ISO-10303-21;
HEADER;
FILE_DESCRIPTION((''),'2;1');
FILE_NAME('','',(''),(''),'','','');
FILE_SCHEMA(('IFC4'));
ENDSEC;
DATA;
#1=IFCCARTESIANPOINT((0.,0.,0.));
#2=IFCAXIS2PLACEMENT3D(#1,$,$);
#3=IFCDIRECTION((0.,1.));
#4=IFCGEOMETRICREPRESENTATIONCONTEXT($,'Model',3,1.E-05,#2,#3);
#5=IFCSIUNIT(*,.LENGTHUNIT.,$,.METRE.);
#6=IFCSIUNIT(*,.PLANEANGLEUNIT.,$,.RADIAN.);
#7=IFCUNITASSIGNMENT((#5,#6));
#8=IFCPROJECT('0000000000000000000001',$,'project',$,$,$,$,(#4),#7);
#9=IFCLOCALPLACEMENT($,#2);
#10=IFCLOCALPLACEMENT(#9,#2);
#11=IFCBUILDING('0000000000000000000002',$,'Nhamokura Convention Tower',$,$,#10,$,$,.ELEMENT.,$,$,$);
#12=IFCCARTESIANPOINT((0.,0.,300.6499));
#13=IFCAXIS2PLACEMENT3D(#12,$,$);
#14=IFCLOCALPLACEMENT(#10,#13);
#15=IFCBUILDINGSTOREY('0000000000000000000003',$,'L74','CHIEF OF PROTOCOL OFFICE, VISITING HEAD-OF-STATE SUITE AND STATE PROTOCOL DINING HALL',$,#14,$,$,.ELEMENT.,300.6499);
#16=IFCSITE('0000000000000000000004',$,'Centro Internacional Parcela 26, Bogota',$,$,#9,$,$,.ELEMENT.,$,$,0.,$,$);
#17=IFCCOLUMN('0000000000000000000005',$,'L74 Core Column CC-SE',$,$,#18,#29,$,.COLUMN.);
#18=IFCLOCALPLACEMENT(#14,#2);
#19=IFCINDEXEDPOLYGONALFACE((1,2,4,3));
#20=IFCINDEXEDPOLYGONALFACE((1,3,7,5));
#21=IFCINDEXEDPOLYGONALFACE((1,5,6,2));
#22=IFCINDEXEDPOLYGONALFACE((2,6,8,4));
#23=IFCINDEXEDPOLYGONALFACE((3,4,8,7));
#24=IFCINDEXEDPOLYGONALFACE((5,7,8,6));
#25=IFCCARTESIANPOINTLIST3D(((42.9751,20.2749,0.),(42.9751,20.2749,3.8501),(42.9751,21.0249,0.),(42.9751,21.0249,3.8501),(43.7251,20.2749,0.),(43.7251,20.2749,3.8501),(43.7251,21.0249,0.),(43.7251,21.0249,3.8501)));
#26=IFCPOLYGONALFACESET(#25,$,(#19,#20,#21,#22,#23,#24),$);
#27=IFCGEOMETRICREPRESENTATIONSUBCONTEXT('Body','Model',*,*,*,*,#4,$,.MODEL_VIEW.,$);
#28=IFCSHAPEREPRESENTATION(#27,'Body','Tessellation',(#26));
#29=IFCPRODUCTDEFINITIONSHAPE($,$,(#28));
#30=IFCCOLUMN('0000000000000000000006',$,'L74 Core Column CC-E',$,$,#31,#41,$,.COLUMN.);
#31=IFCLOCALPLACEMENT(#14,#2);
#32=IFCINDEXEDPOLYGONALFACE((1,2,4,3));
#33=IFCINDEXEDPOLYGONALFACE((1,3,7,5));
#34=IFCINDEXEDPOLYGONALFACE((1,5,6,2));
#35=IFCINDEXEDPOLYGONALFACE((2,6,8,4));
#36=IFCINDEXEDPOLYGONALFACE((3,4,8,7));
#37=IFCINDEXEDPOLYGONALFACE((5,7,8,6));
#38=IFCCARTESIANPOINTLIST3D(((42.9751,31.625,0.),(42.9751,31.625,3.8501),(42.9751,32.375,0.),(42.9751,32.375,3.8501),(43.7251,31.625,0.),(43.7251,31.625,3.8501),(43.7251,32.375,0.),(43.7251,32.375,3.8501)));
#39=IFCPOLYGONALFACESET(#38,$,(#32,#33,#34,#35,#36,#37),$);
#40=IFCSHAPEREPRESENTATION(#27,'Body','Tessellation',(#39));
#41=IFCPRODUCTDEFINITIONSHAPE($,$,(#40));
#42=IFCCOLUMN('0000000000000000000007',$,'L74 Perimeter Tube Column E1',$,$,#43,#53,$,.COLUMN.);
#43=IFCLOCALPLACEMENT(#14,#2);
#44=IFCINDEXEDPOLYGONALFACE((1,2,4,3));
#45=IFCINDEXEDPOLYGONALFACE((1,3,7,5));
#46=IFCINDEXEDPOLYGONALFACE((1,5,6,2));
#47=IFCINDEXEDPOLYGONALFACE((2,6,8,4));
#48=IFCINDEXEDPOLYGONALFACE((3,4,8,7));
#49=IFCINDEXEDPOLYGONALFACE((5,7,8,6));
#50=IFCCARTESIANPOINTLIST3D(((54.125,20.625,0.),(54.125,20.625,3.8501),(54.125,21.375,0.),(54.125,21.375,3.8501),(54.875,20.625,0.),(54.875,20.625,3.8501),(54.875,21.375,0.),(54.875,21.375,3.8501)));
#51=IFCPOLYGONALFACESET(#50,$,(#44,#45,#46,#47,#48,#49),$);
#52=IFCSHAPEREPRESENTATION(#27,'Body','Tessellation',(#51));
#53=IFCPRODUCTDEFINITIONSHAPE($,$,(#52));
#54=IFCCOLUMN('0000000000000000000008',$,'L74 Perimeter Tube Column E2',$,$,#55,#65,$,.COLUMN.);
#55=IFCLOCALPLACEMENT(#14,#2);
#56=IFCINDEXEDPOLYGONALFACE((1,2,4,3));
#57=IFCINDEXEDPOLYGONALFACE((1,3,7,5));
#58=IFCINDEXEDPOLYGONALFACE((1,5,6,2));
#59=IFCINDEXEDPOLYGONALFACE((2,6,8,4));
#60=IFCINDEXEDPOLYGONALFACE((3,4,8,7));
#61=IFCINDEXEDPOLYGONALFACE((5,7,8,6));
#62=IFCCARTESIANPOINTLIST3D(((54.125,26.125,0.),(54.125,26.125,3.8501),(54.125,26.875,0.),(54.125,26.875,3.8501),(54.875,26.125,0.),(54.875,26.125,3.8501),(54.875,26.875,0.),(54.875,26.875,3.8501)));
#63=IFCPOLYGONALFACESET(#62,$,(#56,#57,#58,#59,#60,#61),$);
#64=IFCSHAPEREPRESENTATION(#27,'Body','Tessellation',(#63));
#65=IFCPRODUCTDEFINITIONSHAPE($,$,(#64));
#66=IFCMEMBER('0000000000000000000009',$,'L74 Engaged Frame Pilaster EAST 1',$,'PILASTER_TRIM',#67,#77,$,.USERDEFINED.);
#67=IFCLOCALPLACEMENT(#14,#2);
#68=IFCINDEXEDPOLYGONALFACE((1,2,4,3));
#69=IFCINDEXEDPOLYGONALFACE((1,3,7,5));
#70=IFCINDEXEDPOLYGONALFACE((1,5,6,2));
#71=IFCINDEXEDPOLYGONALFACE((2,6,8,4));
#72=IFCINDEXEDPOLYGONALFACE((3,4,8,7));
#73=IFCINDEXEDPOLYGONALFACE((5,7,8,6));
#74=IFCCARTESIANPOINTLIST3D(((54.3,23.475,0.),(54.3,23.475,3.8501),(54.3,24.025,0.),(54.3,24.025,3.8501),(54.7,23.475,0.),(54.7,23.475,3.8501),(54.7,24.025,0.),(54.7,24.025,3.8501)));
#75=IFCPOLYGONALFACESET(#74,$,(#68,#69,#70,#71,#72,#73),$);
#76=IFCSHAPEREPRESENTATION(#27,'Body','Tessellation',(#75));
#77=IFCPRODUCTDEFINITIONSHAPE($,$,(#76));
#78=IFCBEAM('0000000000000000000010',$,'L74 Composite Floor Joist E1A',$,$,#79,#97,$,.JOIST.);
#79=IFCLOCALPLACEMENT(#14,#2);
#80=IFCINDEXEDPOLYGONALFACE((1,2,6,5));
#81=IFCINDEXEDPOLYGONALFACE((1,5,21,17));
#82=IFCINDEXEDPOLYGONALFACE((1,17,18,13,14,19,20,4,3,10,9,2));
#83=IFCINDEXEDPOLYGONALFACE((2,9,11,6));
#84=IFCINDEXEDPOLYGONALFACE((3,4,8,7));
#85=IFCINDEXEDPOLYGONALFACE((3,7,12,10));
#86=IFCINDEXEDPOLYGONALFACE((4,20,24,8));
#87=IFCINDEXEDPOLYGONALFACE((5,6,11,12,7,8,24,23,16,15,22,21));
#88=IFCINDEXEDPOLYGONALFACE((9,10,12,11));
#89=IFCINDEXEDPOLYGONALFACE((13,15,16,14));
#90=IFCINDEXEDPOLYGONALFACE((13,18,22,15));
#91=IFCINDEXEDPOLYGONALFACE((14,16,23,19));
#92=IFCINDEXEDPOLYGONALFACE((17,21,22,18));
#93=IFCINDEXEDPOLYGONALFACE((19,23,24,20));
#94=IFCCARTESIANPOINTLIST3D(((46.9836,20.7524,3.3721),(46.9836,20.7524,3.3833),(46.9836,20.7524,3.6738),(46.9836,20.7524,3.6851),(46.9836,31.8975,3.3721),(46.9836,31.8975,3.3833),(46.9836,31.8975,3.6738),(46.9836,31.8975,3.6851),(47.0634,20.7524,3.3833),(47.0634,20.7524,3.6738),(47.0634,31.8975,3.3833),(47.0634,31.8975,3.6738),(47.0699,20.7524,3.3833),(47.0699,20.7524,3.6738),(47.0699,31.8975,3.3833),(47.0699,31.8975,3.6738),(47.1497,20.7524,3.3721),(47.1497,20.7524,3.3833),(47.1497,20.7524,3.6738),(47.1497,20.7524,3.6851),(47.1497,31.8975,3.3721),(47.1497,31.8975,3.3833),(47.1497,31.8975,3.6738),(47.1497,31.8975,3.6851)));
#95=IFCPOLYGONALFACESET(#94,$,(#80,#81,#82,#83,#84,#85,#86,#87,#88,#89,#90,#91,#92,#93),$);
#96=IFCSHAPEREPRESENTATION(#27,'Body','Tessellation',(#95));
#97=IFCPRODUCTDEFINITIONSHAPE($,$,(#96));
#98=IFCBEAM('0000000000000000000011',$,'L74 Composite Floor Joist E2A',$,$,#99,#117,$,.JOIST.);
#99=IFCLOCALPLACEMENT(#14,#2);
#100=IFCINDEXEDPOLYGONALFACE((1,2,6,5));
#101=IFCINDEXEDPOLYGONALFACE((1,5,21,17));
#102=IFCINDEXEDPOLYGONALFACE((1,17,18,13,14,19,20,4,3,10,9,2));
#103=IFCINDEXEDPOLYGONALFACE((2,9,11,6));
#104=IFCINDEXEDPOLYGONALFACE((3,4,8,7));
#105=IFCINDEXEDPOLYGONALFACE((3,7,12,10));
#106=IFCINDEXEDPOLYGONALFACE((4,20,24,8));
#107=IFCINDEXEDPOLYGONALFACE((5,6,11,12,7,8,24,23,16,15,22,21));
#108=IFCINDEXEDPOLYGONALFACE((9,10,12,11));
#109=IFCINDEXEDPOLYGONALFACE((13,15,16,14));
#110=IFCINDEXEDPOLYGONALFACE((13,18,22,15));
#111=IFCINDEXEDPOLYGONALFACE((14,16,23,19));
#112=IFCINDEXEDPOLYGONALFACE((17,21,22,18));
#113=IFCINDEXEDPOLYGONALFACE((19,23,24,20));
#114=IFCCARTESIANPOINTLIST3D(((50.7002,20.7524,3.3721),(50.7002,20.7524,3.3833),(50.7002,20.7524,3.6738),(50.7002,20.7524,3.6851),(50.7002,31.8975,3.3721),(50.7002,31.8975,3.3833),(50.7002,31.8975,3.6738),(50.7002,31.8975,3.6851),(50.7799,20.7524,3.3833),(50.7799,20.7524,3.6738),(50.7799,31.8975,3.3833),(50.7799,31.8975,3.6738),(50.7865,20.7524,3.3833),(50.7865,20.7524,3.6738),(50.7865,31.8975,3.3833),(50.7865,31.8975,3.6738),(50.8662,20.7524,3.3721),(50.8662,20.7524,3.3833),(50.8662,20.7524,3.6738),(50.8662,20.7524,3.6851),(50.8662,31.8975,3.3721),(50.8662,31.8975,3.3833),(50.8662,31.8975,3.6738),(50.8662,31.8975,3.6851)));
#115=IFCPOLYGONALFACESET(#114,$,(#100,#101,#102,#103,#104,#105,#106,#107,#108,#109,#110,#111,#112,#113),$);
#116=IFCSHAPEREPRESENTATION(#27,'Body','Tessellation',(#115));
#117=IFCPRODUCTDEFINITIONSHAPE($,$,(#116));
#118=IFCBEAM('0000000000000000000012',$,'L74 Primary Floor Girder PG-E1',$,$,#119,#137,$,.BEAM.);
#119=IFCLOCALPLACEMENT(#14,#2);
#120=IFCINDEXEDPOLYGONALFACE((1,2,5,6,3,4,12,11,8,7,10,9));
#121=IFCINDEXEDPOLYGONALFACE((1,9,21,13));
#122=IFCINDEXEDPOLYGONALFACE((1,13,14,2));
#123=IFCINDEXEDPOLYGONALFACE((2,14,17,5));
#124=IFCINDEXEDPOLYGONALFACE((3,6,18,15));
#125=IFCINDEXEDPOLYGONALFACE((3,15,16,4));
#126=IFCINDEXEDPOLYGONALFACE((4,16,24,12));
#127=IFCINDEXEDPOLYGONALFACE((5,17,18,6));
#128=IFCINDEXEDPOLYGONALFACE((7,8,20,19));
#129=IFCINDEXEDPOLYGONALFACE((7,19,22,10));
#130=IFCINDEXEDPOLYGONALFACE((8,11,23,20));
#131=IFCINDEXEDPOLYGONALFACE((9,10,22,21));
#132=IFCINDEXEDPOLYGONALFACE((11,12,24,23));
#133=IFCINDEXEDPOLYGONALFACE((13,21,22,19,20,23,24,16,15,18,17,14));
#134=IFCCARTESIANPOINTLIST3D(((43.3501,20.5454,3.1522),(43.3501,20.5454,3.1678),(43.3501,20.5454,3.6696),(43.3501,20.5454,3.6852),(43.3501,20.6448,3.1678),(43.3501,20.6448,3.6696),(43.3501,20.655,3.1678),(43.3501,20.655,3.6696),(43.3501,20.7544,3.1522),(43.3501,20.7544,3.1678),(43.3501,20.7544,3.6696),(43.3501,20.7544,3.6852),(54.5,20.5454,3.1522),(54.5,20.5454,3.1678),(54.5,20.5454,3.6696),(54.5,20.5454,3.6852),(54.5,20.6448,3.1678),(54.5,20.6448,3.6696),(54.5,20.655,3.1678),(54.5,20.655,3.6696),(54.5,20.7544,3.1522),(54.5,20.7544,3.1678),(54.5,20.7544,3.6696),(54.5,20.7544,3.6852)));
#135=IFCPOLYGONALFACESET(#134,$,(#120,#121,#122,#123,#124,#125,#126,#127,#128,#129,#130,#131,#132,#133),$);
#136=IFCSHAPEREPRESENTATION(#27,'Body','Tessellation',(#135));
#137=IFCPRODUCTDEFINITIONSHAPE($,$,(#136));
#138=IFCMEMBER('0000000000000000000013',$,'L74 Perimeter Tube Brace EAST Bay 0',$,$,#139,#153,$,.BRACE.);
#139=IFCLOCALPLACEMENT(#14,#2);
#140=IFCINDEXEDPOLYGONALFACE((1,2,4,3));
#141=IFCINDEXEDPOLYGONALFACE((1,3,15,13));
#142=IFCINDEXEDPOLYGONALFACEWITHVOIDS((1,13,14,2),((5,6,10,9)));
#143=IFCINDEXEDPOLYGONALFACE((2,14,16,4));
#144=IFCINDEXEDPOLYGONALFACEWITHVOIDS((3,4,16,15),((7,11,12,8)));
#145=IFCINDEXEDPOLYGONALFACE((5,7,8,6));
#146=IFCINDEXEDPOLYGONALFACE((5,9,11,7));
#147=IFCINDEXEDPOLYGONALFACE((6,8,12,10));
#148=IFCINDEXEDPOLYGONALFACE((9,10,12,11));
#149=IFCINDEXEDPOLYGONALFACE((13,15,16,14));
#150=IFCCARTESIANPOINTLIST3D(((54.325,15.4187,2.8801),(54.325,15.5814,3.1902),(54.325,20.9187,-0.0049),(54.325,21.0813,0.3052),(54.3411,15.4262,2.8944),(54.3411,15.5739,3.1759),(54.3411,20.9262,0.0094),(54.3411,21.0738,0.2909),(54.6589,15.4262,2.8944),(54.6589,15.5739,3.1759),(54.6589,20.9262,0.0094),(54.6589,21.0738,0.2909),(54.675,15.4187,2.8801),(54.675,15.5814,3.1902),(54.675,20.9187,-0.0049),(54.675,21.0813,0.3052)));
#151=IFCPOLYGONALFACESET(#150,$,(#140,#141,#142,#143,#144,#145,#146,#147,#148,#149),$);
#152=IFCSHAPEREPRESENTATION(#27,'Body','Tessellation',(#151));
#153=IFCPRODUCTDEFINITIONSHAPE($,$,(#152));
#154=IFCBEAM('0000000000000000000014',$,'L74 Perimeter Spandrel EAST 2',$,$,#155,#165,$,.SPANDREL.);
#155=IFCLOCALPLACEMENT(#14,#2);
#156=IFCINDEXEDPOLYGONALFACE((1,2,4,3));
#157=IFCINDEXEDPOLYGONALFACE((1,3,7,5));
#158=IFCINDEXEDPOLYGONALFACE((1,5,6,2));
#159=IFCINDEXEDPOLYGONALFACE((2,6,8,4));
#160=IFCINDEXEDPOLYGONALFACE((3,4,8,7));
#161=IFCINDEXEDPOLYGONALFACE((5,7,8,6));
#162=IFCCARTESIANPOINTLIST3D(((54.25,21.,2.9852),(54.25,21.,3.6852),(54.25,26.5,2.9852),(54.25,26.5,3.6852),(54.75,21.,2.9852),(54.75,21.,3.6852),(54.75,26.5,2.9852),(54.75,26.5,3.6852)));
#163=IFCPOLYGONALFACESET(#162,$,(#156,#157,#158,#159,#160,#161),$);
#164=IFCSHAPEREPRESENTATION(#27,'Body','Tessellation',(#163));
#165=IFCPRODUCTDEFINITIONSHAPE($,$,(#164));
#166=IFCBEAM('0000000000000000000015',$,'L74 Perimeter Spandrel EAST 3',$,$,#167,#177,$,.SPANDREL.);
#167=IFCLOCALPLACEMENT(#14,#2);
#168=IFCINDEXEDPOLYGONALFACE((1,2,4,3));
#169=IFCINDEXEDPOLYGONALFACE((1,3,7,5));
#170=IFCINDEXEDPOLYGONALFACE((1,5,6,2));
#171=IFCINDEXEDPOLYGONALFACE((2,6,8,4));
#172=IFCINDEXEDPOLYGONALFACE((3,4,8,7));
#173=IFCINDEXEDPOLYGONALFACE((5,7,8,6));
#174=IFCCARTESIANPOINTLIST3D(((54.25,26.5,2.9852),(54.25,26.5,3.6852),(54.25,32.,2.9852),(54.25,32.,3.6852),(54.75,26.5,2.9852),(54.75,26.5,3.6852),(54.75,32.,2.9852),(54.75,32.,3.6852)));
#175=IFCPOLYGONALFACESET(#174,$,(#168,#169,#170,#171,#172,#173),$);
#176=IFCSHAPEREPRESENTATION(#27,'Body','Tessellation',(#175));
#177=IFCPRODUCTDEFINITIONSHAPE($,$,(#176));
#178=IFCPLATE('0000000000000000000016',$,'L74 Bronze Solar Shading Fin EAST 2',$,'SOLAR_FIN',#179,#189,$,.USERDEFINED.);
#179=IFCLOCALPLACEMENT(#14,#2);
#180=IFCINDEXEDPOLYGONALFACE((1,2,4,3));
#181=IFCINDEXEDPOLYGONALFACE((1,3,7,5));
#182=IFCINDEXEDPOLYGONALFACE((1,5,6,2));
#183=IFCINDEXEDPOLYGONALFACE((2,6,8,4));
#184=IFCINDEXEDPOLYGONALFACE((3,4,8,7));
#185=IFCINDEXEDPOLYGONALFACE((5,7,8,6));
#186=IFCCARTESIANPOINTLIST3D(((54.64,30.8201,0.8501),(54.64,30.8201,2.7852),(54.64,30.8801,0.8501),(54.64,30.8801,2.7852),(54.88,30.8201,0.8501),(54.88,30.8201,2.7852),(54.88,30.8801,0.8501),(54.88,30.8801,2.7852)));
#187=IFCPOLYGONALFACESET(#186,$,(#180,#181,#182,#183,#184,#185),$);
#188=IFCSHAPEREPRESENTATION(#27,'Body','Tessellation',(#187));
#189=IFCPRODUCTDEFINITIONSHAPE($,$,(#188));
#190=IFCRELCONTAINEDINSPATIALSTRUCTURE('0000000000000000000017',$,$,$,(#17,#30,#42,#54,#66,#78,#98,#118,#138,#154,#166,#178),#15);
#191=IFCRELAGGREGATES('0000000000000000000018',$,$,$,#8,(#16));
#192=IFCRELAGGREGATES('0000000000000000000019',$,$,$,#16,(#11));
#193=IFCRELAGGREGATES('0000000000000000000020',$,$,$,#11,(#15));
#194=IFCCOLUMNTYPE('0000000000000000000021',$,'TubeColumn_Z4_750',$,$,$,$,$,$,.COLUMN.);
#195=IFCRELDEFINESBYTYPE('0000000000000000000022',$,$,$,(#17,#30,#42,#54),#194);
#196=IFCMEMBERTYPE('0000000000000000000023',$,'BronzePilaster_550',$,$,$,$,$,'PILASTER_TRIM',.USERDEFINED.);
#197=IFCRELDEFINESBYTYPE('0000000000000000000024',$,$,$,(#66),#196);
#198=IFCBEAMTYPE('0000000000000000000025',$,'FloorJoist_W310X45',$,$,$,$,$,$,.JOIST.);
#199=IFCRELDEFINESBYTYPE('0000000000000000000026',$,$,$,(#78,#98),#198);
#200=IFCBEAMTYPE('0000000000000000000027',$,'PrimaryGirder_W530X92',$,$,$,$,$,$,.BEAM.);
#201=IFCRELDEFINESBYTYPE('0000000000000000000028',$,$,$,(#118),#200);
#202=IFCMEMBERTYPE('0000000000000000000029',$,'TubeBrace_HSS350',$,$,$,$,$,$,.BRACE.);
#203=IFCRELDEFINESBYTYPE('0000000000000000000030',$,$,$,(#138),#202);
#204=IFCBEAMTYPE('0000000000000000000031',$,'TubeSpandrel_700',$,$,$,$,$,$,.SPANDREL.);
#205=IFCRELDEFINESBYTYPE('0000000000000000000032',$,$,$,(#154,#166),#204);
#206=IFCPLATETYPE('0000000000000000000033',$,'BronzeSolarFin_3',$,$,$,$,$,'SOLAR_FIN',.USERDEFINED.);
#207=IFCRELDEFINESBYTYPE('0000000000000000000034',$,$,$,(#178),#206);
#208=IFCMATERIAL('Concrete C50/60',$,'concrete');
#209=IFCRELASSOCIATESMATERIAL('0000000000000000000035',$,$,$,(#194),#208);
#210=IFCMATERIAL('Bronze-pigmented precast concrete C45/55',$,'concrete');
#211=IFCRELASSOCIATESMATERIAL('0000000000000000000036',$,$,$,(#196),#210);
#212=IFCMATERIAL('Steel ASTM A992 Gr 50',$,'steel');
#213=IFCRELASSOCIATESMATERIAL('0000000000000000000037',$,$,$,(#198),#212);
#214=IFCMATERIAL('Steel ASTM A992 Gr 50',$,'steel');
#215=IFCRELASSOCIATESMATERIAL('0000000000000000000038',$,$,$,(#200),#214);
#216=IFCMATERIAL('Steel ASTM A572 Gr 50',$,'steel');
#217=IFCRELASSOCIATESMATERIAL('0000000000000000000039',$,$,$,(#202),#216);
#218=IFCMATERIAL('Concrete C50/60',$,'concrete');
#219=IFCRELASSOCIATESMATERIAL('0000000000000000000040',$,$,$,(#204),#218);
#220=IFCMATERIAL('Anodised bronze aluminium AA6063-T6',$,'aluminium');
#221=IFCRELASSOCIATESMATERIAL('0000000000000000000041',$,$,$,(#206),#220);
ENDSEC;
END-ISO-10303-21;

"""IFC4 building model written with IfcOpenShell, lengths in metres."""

from ifc_helpers import new_model, si_unit, direction, frame, origin, origin_2d, place, context, subcontext, project, spatial, rectangle, hollow_rectangle, i_section, extrude, material, material_profile, profile_set, type_object, element, save


model = new_model("IFC4")

# Units and contexts
model_context = context("Model", 3, precision=1e-05, world=origin(), true_north=direction((0.0, 1.0)))
body_context = subcontext(model_context, "Body", "Model", "MODEL_VIEW")
ifc_project = project(units=[si_unit("LENGTHUNIT", "METRE"), si_unit("PLANEANGLEUNIT", "RADIAN")], contexts=[model_context])

# Site, building, storey
site_placement = place(None, origin())
site = spatial("IfcSite", under=ifc_project, at=site_placement, Name="Centro Internacional Parcela 26, Bogota", CompositionType="ELEMENT", RefElevation=0.0)
building_placement = place(site_placement, origin())
building = spatial("IfcBuilding", under=site, at=building_placement, Name="Nhamokura Convention Tower", CompositionType="ELEMENT")
storey_placement = place(building_placement, frame((0.0, 0.0, 300.6499)))
storey = spatial("IfcBuildingStorey", under=building, at=storey_placement, Name="L74", Description="CHIEF OF PROTOCOL OFFICE, VISITING HEAD-OF-STATE SUITE AND STATE PROTOCOL DINING HALL", CompositionType="ELEMENT", Elevation=300.6499)

# Columns
ifc_material_1 = material(Name="Concrete C50/60", Category="concrete")
ifc_material_profile_1 = material_profile(ifc_material_1, rectangle(XDim=0.75, YDim=0.75, at=origin_2d()))
ifc_profile_set_1 = profile_set([ifc_material_profile_1], Name="Concrete C50/60")
column_type = type_object("IfcColumnType", Name="TubeColumn_Z4_750", PredefinedType="COLUMN", material=ifc_profile_set_1)
for number, where, z_axis, x_axis, name in (
    (1, (43.3501, 20.6499, 0.0), (0.0, 0.0, 1.0), (1.0, 0.0, 0.0), "L74 Core Column CC-SE"),
    (2, (43.3501, 32.0, 0.0), (0.0, 0.0, 1.0), (1.0, 0.0, 0.0), "L74 Core Column CC-E"),
    (3, (54.5, 21.0, 0.0), (0.0, 0.0, 1.0), (1.0, 0.0, 0.0), "L74 Perimeter Tube Column E1"),
    (4, (54.5, 26.5, 0.0), (0.0, 0.0, 1.0), (1.0, 0.0, 0.0), "L74 Perimeter Tube Column E2"),
):
    element("IfcColumn", number, at=place(storey_placement, frame(where, z_axis=z_axis, x_axis=x_axis)), inside=storey, type_object=column_type, Name=name, PredefinedType="COLUMN", context=body_context, shape_type="SweptSolid", body=[
        extrude(rectangle(XDim=0.75, YDim=0.75, at=origin_2d()), origin(), (0.0, 0.0, 1.0), 3.8501),
    ])

# Member
ifc_material_2 = material(Name="Bronze-pigmented precast concrete C45/55", Category="concrete")
ifc_material_profile_2 = material_profile(ifc_material_2, rectangle(XDim=0.3999, YDim=0.55, at=origin_2d()))
ifc_profile_set_2 = profile_set([ifc_material_profile_2], Name="Bronze-pigmented precast concrete C45/55")
member_type_1 = type_object("IfcMemberType", Name="BronzePilaster_550", ElementType="PILASTER_TRIM", PredefinedType="USERDEFINED", material=ifc_profile_set_2)
member_1_placement = place(storey_placement, frame((54.5, 23.75, 0.0), z_axis=(0.0, 0.0, 1.0), x_axis=(1.0, 0.0, 0.0)))
element("IfcMember", 5, at=member_1_placement, inside=storey, type_object=member_type_1, Name="L74 Engaged Frame Pilaster EAST 1", ObjectType="PILASTER_TRIM", PredefinedType="USERDEFINED", context=body_context, shape_type="SweptSolid", body=[
    extrude(rectangle(XDim=0.3999, YDim=0.55, at=origin_2d()), origin(), (0.0, 0.0, 1.0), 3.8501),
])

# Beams
ifc_material_3 = material(Name="Steel ASTM A992 Gr 50", Category="steel")
ifc_material_profile_3 = material_profile(ifc_material_3, i_section(OverallWidth=0.166, OverallDepth=0.313, WebThickness=0.0066, FlangeThickness=0.0112, at=origin_2d()))
ifc_profile_set_3 = profile_set([ifc_material_profile_3], Name="Steel ASTM A992 Gr 50")
beam_type_1 = type_object("IfcBeamType", Name="FloorJoist_W310X45", PredefinedType="JOIST", material=ifc_profile_set_3)
for number, where, z_axis, x_axis, name in (
    (6, (47.0667, 20.7524, 3.5286), (0.0, 1.0, 0.0), (-1.0, 0.0, 0.0), "L74 Composite Floor Joist E1A"),
    (7, (50.7832, 20.7524, 3.5286), (0.0, 1.0, 0.0), (-1.0, 0.0, 0.0), "L74 Composite Floor Joist E2A"),
):
    element("IfcBeam", number, at=place(storey_placement, frame(where, z_axis=z_axis, x_axis=x_axis)), inside=storey, type_object=beam_type_1, Name=name, PredefinedType="JOIST", context=body_context, shape_type="SweptSolid", body=[
        extrude(i_section(OverallWidth=0.166, OverallDepth=0.313, WebThickness=0.0066, FlangeThickness=0.0112, at=origin_2d()), origin(), (0.0, 0.0, 1.0), 11.145),
    ])
ifc_material_4 = material(Name="Steel ASTM A992 Gr 50", Category="steel")
ifc_material_profile_4 = material_profile(ifc_material_4, i_section(OverallWidth=0.209, OverallDepth=0.533, WebThickness=0.0103, FlangeThickness=0.0156, at=origin_2d()))
ifc_profile_set_4 = profile_set([ifc_material_profile_4], Name="Steel ASTM A992 Gr 50")
beam_type_2 = type_object("IfcBeamType", Name="PrimaryGirder_W530X92", PredefinedType="BEAM", material=ifc_profile_set_4)
beam_placement = place(storey_placement, frame((43.3501, 20.6499, 3.4187), z_axis=(1.0, 0.0, 0.0), x_axis=(0.0, 1.0, 0.0)))
element("IfcBeam", 8, at=beam_placement, inside=storey, type_object=beam_type_2, Name="L74 Primary Floor Girder PG-E1", PredefinedType="BEAM", context=body_context, shape_type="SweptSolid", body=[
    extrude(i_section(OverallWidth=0.209, OverallDepth=0.533, WebThickness=0.0103, FlangeThickness=0.0156, at=origin_2d()), origin(), (0.0, 0.0, 1.0), 11.1499),
])

# Member
ifc_material_5 = material(Name="Steel ASTM A572 Gr 50", Category="steel")
ifc_material_profile_5 = material_profile(ifc_material_5, hollow_rectangle(XDim=0.3501, YDim=0.3501, WallThickness=0.0161, at=origin_2d()))
ifc_profile_set_5 = profile_set([ifc_material_profile_5], Name="Steel ASTM A572 Gr 50")
member_type_2 = type_object("IfcMemberType", Name="TubeBrace_HSS350", PredefinedType="BRACE", material=ifc_profile_set_5)
member_2_placement = place(storey_placement, frame((54.5, 21.0, 0.1501), z_axis=(0.0, -0.885563, 0.46452), x_axis=(1.0, 0.0, 0.0)))
element("IfcMember", 9, at=member_2_placement, inside=storey, type_object=member_type_2, Name="L74 Perimeter Tube Brace EAST Bay 0", PredefinedType="BRACE", context=body_context, shape_type="SweptSolid", body=[
    extrude(hollow_rectangle(XDim=0.3501, YDim=0.3501, WallThickness=0.0161, at=origin_2d()), origin(), (0.0, 0.0, 1.0), 6.2107),
])

# Beams
ifc_material_6 = material(Name="Concrete C50/60", Category="concrete")
ifc_material_profile_6 = material_profile(ifc_material_6, rectangle(XDim=0.5, YDim=0.7, at=origin_2d()))
ifc_profile_set_6 = profile_set([ifc_material_profile_6], Name="Concrete C50/60")
beam_type_3 = type_object("IfcBeamType", Name="TubeSpandrel_700", PredefinedType="SPANDREL", material=ifc_profile_set_6)
for number, where, z_axis, x_axis, name in (
    (10, (54.5, 21.0, 3.3352), (0.0, 1.0, 0.0), (-1.0, 0.0, 0.0), "L74 Perimeter Spandrel EAST 2"),
    (11, (54.5, 26.5, 3.3352), (0.0, 1.0, 0.0), (-1.0, 0.0, 0.0), "L74 Perimeter Spandrel EAST 3"),
):
    element("IfcBeam", number, at=place(storey_placement, frame(where, z_axis=z_axis, x_axis=x_axis)), inside=storey, type_object=beam_type_3, Name=name, PredefinedType="SPANDREL", context=body_context, shape_type="SweptSolid", body=[
        extrude(rectangle(XDim=0.5, YDim=0.7, at=origin_2d()), origin(), (0.0, 0.0, 1.0), 5.5),
    ])

# Plate
ifc_material_7 = material(Name="Anodised bronze aluminium AA6063-T6", Category="aluminium")
plate_type = type_object("IfcPlateType", Name="BronzeSolarFin_3", ElementType="SOLAR_FIN", PredefinedType="USERDEFINED", material=ifc_material_7)
plate_placement = place(storey_placement, frame((54.76, 30.8501, 0.8501), z_axis=(0.0, 0.0, 1.0), x_axis=(1.0, 0.0, 0.0)))
element("IfcPlate", 12, at=plate_placement, inside=storey, type_object=plate_type, Name="L74 Bronze Solar Shading Fin EAST 2", ObjectType="SOLAR_FIN", PredefinedType="USERDEFINED", context=body_context, shape_type="SweptSolid", body=[
    extrude(rectangle(XDim=0.24, YDim=0.0601, at=origin_2d()), origin(), (0.0, 0.0, 1.0), 1.9351),
])

save(model, "model.ifc")
